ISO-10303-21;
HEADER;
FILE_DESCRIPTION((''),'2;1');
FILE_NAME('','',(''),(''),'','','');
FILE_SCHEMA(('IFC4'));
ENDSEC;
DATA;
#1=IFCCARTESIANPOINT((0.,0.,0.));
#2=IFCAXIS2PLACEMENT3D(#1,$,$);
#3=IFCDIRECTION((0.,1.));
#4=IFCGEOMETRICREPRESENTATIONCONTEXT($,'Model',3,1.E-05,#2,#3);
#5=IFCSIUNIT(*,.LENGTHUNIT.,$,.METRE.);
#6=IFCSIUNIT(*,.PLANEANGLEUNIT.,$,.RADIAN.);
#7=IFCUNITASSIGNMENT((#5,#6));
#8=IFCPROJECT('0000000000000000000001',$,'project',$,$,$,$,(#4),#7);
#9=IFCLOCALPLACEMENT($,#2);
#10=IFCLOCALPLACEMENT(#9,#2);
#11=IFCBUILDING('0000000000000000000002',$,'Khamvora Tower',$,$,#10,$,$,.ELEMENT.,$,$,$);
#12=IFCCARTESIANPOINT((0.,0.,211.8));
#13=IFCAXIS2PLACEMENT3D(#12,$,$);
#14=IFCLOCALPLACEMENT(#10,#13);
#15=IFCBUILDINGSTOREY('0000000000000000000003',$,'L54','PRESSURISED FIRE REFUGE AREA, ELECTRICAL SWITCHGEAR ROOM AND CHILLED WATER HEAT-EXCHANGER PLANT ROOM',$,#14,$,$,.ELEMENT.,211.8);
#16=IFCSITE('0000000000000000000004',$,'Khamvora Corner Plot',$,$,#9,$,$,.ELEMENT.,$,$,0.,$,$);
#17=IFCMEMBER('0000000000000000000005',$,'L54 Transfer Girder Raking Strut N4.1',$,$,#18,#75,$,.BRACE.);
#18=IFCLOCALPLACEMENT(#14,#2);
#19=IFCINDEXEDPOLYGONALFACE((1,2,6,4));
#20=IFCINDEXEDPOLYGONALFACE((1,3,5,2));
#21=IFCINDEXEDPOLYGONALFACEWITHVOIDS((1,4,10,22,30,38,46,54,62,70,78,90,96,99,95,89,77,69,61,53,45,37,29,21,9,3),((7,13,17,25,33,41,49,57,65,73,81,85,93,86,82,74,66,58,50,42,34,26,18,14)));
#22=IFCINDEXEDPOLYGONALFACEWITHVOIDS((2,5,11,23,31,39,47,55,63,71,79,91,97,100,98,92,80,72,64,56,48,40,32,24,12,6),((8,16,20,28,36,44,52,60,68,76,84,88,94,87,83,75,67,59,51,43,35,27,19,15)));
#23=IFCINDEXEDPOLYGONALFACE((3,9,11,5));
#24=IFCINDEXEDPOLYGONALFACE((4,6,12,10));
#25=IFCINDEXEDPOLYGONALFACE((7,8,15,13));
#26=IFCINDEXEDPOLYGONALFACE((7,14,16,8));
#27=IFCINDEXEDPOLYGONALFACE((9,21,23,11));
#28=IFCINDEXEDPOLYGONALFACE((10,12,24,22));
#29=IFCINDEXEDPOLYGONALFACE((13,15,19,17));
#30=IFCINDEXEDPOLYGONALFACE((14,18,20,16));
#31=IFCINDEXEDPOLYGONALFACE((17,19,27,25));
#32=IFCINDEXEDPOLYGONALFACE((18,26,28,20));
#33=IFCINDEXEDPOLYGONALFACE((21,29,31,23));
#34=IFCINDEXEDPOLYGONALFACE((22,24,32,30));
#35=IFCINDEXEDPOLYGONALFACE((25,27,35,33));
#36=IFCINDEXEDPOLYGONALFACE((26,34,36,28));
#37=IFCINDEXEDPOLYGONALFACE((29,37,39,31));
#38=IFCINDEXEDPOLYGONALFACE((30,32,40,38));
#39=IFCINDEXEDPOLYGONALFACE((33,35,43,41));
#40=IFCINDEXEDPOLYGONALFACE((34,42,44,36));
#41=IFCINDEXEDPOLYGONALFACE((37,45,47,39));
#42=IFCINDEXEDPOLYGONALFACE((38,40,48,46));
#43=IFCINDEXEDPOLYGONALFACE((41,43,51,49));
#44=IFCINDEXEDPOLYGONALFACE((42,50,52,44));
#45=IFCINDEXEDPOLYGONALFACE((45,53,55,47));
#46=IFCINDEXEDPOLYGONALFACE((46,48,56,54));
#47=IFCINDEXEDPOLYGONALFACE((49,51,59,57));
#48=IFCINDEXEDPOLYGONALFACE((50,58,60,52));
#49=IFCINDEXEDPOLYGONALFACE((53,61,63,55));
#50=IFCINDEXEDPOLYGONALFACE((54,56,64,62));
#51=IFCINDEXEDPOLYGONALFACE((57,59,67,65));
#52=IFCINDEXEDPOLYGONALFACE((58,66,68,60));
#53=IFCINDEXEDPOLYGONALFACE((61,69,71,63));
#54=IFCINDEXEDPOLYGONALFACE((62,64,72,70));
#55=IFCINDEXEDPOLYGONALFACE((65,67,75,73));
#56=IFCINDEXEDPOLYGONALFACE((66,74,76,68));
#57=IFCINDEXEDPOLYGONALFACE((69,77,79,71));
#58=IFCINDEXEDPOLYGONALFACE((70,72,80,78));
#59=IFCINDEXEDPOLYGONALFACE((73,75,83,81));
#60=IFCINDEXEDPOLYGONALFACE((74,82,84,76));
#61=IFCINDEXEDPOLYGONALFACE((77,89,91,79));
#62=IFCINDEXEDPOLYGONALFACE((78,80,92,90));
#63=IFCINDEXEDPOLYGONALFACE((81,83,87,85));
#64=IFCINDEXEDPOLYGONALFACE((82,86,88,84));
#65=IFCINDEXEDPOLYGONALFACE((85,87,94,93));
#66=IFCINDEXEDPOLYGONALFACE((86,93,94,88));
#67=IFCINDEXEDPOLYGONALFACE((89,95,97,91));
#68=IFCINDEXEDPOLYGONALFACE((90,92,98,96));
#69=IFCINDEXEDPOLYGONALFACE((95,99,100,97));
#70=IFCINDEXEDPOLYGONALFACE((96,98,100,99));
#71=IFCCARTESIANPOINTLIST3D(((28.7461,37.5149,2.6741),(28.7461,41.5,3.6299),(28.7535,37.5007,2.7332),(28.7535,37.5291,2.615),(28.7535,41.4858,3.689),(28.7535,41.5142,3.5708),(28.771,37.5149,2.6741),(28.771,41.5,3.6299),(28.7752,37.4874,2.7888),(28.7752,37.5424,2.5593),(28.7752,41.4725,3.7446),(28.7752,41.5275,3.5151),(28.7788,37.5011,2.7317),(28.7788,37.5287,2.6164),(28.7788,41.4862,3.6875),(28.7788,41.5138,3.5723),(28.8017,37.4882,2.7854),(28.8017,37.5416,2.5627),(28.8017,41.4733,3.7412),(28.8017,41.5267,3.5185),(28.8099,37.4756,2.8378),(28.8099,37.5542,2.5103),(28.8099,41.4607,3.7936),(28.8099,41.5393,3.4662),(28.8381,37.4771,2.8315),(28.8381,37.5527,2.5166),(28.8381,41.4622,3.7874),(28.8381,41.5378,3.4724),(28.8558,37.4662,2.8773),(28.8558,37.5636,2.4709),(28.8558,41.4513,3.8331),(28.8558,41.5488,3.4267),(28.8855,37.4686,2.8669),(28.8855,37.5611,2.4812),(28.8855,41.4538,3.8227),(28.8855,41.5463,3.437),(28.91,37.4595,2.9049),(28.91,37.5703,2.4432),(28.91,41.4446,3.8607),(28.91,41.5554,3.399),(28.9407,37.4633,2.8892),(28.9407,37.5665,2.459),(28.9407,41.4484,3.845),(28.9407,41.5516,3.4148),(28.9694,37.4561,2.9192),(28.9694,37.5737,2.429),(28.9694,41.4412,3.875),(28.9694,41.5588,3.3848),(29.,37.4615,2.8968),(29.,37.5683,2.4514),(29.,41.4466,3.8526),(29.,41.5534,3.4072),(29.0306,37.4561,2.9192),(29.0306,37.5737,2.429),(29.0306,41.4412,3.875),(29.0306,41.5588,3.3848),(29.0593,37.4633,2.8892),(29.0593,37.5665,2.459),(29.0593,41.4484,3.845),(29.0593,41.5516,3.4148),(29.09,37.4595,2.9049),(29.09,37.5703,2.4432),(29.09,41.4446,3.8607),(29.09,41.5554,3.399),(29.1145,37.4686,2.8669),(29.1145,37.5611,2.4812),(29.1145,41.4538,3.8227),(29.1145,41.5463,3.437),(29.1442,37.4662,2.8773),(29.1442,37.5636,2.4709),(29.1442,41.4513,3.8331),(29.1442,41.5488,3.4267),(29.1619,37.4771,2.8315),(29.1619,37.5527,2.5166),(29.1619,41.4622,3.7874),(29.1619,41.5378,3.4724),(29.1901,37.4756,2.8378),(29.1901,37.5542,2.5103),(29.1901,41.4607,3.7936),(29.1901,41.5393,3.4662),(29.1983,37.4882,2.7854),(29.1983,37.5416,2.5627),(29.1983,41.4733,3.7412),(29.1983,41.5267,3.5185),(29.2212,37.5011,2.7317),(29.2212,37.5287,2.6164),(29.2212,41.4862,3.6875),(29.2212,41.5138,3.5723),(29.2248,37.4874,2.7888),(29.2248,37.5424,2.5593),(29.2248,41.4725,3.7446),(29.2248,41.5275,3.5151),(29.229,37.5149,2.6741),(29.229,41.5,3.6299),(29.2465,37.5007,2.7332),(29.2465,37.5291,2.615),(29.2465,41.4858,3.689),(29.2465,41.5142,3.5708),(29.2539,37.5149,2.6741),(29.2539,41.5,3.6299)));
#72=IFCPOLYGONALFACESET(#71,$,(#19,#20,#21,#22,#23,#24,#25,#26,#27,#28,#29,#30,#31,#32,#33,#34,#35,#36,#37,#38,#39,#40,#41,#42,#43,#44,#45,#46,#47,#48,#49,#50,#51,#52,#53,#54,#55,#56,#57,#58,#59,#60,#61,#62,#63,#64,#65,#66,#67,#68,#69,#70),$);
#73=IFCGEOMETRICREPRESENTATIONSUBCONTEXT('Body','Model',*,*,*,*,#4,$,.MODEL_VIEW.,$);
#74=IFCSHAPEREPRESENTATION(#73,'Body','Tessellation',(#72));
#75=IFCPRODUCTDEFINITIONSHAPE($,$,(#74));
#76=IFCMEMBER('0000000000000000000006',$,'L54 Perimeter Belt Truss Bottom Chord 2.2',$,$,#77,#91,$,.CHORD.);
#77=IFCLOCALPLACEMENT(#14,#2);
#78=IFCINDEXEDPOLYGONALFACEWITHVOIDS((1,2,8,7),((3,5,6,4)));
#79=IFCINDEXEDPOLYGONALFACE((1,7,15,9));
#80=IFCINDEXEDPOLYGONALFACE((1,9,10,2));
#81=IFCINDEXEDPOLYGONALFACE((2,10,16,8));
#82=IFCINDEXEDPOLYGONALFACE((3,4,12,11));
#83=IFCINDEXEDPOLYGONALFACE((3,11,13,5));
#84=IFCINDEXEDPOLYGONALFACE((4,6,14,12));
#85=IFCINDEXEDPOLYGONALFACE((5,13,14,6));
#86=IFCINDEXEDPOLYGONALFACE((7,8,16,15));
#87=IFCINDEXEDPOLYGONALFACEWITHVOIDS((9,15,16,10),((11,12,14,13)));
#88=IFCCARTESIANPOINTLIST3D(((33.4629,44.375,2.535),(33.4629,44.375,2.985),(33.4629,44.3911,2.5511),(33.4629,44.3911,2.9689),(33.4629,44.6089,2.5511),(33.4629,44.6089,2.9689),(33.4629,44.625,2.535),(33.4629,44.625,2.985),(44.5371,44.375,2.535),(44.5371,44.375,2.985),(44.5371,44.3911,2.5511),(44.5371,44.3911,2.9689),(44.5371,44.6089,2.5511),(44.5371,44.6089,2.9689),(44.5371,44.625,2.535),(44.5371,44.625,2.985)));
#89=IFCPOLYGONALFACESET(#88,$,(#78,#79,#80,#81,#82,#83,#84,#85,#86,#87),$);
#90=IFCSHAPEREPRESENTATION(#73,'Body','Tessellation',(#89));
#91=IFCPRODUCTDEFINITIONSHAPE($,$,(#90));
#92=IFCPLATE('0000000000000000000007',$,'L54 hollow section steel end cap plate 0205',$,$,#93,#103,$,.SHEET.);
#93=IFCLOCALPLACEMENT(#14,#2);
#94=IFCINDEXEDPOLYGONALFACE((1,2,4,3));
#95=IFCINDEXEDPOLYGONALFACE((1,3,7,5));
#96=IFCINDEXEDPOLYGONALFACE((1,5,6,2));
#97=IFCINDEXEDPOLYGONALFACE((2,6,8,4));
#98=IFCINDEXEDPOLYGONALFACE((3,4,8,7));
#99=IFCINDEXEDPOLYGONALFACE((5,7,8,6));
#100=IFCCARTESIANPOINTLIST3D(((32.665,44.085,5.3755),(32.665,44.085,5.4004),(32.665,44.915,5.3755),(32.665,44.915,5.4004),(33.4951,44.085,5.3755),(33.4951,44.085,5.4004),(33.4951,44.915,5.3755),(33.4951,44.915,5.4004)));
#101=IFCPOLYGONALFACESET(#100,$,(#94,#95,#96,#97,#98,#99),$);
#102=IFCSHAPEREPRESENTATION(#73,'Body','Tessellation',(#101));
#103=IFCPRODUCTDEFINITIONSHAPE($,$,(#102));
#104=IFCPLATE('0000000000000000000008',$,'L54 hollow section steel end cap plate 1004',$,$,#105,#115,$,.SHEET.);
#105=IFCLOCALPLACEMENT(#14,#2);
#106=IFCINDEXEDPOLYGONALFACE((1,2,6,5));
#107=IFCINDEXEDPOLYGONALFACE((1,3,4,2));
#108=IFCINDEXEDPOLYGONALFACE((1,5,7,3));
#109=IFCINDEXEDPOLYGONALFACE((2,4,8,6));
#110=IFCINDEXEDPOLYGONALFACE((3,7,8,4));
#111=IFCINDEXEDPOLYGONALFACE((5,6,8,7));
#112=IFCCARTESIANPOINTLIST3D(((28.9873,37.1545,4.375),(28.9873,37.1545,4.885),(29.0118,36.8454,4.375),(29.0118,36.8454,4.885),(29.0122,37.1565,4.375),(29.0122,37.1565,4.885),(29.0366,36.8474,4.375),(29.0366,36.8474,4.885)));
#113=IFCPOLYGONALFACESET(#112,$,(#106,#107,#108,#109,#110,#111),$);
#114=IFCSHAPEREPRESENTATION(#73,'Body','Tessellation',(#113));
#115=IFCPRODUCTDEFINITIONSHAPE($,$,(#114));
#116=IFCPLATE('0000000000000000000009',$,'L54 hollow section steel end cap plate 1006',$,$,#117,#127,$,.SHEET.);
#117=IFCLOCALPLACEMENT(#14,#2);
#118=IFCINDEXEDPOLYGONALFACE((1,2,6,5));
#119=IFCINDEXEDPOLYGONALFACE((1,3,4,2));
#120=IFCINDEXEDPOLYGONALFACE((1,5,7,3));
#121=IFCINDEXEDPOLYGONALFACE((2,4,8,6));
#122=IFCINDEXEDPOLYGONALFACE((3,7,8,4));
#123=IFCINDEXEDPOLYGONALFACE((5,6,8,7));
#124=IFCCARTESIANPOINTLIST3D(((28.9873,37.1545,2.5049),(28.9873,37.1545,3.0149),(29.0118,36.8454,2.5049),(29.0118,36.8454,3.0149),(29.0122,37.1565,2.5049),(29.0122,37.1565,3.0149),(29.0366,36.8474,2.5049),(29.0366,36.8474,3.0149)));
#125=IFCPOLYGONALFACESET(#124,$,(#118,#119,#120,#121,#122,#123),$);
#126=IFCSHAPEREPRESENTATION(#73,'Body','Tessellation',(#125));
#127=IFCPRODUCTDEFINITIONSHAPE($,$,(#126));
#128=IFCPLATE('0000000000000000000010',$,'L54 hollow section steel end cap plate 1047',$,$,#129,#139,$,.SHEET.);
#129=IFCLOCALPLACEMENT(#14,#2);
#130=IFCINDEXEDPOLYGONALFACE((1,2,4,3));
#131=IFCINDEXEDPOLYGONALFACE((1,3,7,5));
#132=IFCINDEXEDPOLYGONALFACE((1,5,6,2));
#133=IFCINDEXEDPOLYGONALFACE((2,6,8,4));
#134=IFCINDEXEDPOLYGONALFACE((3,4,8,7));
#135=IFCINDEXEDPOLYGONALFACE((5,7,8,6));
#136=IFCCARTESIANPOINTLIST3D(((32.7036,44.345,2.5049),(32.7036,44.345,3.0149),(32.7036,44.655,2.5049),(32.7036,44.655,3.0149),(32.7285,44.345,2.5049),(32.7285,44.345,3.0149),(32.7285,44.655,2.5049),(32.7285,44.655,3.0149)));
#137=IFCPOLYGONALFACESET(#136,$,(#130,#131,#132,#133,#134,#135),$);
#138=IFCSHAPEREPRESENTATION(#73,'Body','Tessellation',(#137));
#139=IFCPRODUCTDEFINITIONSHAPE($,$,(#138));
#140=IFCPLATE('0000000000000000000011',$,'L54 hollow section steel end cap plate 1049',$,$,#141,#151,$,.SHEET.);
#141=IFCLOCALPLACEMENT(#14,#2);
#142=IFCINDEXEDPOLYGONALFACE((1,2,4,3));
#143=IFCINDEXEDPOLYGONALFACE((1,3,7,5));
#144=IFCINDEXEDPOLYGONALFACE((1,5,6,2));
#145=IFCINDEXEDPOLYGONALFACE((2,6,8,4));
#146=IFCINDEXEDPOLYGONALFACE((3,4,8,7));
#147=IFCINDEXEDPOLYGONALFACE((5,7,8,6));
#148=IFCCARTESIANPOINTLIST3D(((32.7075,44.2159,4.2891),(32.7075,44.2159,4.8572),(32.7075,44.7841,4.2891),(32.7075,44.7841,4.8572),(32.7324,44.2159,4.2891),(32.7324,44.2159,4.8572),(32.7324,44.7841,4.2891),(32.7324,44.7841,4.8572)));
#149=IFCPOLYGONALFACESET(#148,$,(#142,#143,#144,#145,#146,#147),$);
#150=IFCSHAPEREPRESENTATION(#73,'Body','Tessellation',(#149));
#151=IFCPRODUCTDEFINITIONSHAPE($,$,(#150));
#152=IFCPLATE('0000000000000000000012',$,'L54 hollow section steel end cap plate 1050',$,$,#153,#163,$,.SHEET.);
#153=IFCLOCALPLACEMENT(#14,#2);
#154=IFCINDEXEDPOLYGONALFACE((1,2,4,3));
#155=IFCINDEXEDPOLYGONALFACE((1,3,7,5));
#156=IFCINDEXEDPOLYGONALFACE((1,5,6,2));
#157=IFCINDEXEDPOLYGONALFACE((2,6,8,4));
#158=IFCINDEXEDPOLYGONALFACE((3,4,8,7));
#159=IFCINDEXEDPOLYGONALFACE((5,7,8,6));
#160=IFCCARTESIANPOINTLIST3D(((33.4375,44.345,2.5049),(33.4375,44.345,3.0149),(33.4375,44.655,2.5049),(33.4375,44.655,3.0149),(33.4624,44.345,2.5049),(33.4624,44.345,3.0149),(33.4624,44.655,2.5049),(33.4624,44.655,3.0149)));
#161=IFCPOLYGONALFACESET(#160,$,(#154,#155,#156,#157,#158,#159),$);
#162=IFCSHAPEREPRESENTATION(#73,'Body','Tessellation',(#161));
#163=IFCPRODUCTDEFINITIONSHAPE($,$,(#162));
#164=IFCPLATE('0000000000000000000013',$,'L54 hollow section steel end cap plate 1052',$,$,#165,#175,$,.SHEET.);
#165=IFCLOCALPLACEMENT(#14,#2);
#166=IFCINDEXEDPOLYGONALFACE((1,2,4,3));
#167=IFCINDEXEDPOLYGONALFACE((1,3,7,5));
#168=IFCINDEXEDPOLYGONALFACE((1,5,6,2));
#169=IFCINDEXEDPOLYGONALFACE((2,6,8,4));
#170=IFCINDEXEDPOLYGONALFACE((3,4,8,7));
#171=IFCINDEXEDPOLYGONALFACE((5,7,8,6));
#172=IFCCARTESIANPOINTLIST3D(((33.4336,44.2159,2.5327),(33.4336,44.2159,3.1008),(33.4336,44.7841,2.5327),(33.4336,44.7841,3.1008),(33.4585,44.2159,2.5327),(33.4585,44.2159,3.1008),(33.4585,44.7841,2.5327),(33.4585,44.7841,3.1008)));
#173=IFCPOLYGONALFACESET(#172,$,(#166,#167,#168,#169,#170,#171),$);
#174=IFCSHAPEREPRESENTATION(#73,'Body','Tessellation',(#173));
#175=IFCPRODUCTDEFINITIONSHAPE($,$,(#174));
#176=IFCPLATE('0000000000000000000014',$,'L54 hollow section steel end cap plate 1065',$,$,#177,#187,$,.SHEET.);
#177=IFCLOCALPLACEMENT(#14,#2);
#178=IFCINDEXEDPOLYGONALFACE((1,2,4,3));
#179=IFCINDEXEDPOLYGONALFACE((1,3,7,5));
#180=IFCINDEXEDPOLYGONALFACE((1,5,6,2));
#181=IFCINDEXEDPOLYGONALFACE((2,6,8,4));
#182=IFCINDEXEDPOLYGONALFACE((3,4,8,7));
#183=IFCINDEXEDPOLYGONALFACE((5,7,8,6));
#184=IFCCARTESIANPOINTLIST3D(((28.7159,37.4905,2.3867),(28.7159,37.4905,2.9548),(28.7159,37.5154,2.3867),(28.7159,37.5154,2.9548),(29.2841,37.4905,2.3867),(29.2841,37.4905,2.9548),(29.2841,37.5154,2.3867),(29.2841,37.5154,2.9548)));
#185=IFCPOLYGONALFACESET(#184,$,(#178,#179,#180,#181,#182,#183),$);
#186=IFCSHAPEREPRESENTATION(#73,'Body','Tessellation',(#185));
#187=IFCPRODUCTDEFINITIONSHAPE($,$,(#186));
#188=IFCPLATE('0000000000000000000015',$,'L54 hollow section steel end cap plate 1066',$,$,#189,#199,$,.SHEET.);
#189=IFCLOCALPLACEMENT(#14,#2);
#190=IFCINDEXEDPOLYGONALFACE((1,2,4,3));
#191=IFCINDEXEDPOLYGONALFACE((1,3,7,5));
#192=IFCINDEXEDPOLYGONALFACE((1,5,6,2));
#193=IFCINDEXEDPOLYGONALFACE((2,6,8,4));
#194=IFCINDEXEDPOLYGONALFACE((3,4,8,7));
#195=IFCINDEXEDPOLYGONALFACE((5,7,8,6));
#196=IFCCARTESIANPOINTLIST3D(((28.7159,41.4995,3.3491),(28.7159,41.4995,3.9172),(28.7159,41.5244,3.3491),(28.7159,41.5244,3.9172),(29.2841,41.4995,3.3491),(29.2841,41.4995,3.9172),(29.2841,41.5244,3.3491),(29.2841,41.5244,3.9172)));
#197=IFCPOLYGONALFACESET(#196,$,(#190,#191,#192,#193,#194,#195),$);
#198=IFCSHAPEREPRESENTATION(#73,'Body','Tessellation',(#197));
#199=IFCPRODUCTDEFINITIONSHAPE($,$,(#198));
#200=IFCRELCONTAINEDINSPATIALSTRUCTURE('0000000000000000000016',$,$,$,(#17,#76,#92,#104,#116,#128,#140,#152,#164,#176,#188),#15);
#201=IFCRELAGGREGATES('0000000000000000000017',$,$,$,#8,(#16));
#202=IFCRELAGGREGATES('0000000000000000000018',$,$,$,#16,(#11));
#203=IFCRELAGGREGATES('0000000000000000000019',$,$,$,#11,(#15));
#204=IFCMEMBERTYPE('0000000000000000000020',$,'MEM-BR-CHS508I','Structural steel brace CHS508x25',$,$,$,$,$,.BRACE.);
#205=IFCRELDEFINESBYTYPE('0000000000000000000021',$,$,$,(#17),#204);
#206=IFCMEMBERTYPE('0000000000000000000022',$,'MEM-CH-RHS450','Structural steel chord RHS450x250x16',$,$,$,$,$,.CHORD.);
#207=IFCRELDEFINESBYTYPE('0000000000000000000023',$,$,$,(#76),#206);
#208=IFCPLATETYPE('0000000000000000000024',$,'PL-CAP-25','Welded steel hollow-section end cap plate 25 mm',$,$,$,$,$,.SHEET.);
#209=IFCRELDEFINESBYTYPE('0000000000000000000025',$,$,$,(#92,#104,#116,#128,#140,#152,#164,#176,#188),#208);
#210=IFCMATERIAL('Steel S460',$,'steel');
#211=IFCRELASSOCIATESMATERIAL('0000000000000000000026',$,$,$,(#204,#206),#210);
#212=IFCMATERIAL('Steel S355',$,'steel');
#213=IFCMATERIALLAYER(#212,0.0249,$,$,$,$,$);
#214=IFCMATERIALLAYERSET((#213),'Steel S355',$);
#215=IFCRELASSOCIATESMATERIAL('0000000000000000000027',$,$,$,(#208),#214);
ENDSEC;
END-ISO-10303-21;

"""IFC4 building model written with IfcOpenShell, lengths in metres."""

from ifc_helpers import new_model, si_unit, direction, frame, origin, origin_2d, place, context, subcontext, project, spatial, rectangle, hollow_rectangle, hollow_circle, extrude, material, layer, layer_set, material_profile, profile_set, type_object, element, save


model = new_model("IFC4")

# Units and contexts
model_context = context("Model", 3, precision=1e-05, world=origin(), true_north=direction((0.0, 1.0)))
body_context = subcontext(model_context, "Body", "Model", "MODEL_VIEW")
ifc_project = project(units=[si_unit("LENGTHUNIT", "METRE"), si_unit("PLANEANGLEUNIT", "RADIAN")], contexts=[model_context])

# Site, building, storey
site_placement = place(None, origin())
site = spatial("IfcSite", under=ifc_project, at=site_placement, Name="Khamvora Corner Plot", CompositionType="ELEMENT", RefElevation=0.0)
building_placement = place(site_placement, origin())
building = spatial("IfcBuilding", under=site, at=building_placement, Name="Khamvora Tower", CompositionType="ELEMENT")
storey_placement = place(building_placement, frame((0.0, 0.0, 211.8)))
storey = spatial("IfcBuildingStorey", under=building, at=storey_placement, Name="L54", Description="PRESSURISED FIRE REFUGE AREA, ELECTRICAL SWITCHGEAR ROOM AND CHILLED WATER HEAT-EXCHANGER PLANT ROOM", CompositionType="ELEMENT", Elevation=211.8)

# Shared definitions
ifc_material_1 = material(Name="Steel S355", Category="steel")

# Shared definitions
ifc_material_2 = material(Name="Steel S460", Category="steel")

# Members
ifc_material_profile_1 = material_profile(ifc_material_2, hollow_circle(Radius=0.2539, WallThickness=0.0249, at=origin_2d()), Name="CHS508x25")
ifc_profile_set_1 = profile_set([ifc_material_profile_1], Name="Steel S460")
member_type_1 = type_object("IfcMemberType", Name="MEM-BR-CHS508I", Description="Structural steel brace CHS508x25", PredefinedType="BRACE", material=ifc_profile_set_1)
member_1_placement = place(storey_placement, frame((29.0, 37.5149, 2.6741), z_axis=(0.0, 0.972421, 0.233231), x_axis=(-1.0, 0.0, 0.0)))
element("IfcMember", 1, at=member_1_placement, inside=storey, type_object=member_type_1, Name="L54 Transfer Girder Raking Strut N4.1", PredefinedType="BRACE", context=body_context, shape_type="SweptSolid", body=[
    extrude(hollow_circle(Radius=0.2539, WallThickness=0.0249, at=origin_2d()), origin(), (0.0, 0.0, 1.0), 4.0981),
])
ifc_material_profile_2 = material_profile(ifc_material_2, hollow_rectangle(XDim=0.25, YDim=0.45, WallThickness=0.0161, at=origin_2d()), Name="RHS450x250x16")
ifc_profile_set_2 = profile_set([ifc_material_profile_2], Name="Steel S460")
member_type_2 = type_object("IfcMemberType", Name="MEM-CH-RHS450", Description="Structural steel chord RHS450x250x16", PredefinedType="CHORD", material=ifc_profile_set_2)
member_2_placement = place(storey_placement, frame((33.4629, 44.5, 2.76), z_axis=(1.0, 0.0, 0.0), x_axis=(0.0, 1.0, 0.0)))
element("IfcMember", 2, at=member_2_placement, inside=storey, type_object=member_type_2, Name="L54 Perimeter Belt Truss Bottom Chord 2.2", PredefinedType="CHORD", context=body_context, shape_type="SweptSolid", body=[
    extrude(hollow_rectangle(XDim=0.25, YDim=0.45, WallThickness=0.0161, at=origin_2d()), origin(), (0.0, 0.0, 1.0), 11.0742),
])

# Plates
ifc_layer_1 = layer(ifc_material_1, 0.0249)
ifc_layer_set_1 = layer_set([ifc_layer_1], Name="Steel S355")
plate_type_1 = type_object("IfcPlateType", Name="PL-CAP-25", Description="Welded steel hollow-section end cap plate 25 mm", PredefinedType="SHEET", material=ifc_layer_set_1)
plate_1_placement = place(storey_placement, frame((33.0801, 44.5, 5.3755), z_axis=(0.0, 0.0, 1.0), x_axis=(1.0, 0.0, 0.0)))
element("IfcPlate", 3, at=plate_1_placement, inside=storey, type_object=plate_type_1, Name="L54 hollow section steel end cap plate 0205", PredefinedType="SHEET", context=body_context, shape_type="SweptSolid", body=[
    extrude(rectangle(XDim=0.8301, YDim=0.8301, at=origin_2d()), origin(), (0.0, 0.0, 1.0), 0.0249),
])
for number, where, z_axis, x_axis, name in (
    (4, (29.012, 37.001, 4.375), (0.0, 0.0, 1.0), (-0.99689, -0.078807, 0.0), "L54 hollow section steel end cap plate 1004"),
    (5, (29.012, 37.001, 2.5049), (0.0, 0.0, 1.0), (-0.99689, -0.078807, 0.0), "L54 hollow section steel end cap plate 1006"),
    (6, (32.7161, 44.5, 2.5049), (0.0, 0.0, 1.0), (1.0, 0.0, 0.0), "L54 hollow section steel end cap plate 1047"),
):
    element("IfcPlate", number, at=place(storey_placement, frame(where, z_axis=z_axis, x_axis=x_axis)), inside=storey, type_object=plate_type_1, Name=name, PredefinedType="SHEET", context=body_context, shape_type="SweptSolid", body=[
        extrude(rectangle(XDim=0.0249, YDim=0.3101, at=origin_2d()), origin(), (0.0, 0.0, 1.0), 0.51),
    ])
plate_2_placement = place(storey_placement, frame((32.72, 44.5, 4.2891), z_axis=(0.0, 0.0, 1.0), x_axis=(1.0, 0.0, 0.0)))
element("IfcPlate", 7, at=plate_2_placement, inside=storey, type_object=plate_type_1, Name="L54 hollow section steel end cap plate 1049", PredefinedType="SHEET", context=body_context, shape_type="SweptSolid", body=[
    extrude(rectangle(XDim=0.0249, YDim=0.5681, at=origin_2d()), origin(), (0.0, 0.0, 1.0), 0.5681),
])
plate_3_placement = place(storey_placement, frame((33.45, 44.5, 2.5049), z_axis=(0.0, 0.0, 1.0), x_axis=(1.0, 0.0, 0.0)))
element("IfcPlate", 8, at=plate_3_placement, inside=storey, type_object=plate_type_1, Name="L54 hollow section steel end cap plate 1050", PredefinedType="SHEET", context=body_context, shape_type="SweptSolid", body=[
    extrude(rectangle(XDim=0.0249, YDim=0.3101, at=origin_2d()), origin(), (0.0, 0.0, 1.0), 0.51),
])
for number, where, z_axis, x_axis, name in (
    (9, (33.446, 44.5, 2.5327), (0.0, 0.0, 1.0), (1.0, 0.0, 0.0), "L54 hollow section steel end cap plate 1052"),
    (10, (29.0, 37.5029, 2.3867), (0.0, 0.0, 1.0), (0.0, 1.0, 0.0), "L54 hollow section steel end cap plate 1065"),
    (11, (29.0, 41.512, 3.3491), (0.0, 0.0, 1.0), (0.0, 1.0, 0.0), "L54 hollow section steel end cap plate 1066"),
):
    element("IfcPlate", number, at=place(storey_placement, frame(where, z_axis=z_axis, x_axis=x_axis)), inside=storey, type_object=plate_type_1, Name=name, PredefinedType="SHEET", context=body_context, shape_type="SweptSolid", body=[
        extrude(rectangle(XDim=0.0249, YDim=0.5681, at=origin_2d()), origin(), (0.0, 0.0, 1.0), 0.5681),
    ])

save(model, "model.ifc")
